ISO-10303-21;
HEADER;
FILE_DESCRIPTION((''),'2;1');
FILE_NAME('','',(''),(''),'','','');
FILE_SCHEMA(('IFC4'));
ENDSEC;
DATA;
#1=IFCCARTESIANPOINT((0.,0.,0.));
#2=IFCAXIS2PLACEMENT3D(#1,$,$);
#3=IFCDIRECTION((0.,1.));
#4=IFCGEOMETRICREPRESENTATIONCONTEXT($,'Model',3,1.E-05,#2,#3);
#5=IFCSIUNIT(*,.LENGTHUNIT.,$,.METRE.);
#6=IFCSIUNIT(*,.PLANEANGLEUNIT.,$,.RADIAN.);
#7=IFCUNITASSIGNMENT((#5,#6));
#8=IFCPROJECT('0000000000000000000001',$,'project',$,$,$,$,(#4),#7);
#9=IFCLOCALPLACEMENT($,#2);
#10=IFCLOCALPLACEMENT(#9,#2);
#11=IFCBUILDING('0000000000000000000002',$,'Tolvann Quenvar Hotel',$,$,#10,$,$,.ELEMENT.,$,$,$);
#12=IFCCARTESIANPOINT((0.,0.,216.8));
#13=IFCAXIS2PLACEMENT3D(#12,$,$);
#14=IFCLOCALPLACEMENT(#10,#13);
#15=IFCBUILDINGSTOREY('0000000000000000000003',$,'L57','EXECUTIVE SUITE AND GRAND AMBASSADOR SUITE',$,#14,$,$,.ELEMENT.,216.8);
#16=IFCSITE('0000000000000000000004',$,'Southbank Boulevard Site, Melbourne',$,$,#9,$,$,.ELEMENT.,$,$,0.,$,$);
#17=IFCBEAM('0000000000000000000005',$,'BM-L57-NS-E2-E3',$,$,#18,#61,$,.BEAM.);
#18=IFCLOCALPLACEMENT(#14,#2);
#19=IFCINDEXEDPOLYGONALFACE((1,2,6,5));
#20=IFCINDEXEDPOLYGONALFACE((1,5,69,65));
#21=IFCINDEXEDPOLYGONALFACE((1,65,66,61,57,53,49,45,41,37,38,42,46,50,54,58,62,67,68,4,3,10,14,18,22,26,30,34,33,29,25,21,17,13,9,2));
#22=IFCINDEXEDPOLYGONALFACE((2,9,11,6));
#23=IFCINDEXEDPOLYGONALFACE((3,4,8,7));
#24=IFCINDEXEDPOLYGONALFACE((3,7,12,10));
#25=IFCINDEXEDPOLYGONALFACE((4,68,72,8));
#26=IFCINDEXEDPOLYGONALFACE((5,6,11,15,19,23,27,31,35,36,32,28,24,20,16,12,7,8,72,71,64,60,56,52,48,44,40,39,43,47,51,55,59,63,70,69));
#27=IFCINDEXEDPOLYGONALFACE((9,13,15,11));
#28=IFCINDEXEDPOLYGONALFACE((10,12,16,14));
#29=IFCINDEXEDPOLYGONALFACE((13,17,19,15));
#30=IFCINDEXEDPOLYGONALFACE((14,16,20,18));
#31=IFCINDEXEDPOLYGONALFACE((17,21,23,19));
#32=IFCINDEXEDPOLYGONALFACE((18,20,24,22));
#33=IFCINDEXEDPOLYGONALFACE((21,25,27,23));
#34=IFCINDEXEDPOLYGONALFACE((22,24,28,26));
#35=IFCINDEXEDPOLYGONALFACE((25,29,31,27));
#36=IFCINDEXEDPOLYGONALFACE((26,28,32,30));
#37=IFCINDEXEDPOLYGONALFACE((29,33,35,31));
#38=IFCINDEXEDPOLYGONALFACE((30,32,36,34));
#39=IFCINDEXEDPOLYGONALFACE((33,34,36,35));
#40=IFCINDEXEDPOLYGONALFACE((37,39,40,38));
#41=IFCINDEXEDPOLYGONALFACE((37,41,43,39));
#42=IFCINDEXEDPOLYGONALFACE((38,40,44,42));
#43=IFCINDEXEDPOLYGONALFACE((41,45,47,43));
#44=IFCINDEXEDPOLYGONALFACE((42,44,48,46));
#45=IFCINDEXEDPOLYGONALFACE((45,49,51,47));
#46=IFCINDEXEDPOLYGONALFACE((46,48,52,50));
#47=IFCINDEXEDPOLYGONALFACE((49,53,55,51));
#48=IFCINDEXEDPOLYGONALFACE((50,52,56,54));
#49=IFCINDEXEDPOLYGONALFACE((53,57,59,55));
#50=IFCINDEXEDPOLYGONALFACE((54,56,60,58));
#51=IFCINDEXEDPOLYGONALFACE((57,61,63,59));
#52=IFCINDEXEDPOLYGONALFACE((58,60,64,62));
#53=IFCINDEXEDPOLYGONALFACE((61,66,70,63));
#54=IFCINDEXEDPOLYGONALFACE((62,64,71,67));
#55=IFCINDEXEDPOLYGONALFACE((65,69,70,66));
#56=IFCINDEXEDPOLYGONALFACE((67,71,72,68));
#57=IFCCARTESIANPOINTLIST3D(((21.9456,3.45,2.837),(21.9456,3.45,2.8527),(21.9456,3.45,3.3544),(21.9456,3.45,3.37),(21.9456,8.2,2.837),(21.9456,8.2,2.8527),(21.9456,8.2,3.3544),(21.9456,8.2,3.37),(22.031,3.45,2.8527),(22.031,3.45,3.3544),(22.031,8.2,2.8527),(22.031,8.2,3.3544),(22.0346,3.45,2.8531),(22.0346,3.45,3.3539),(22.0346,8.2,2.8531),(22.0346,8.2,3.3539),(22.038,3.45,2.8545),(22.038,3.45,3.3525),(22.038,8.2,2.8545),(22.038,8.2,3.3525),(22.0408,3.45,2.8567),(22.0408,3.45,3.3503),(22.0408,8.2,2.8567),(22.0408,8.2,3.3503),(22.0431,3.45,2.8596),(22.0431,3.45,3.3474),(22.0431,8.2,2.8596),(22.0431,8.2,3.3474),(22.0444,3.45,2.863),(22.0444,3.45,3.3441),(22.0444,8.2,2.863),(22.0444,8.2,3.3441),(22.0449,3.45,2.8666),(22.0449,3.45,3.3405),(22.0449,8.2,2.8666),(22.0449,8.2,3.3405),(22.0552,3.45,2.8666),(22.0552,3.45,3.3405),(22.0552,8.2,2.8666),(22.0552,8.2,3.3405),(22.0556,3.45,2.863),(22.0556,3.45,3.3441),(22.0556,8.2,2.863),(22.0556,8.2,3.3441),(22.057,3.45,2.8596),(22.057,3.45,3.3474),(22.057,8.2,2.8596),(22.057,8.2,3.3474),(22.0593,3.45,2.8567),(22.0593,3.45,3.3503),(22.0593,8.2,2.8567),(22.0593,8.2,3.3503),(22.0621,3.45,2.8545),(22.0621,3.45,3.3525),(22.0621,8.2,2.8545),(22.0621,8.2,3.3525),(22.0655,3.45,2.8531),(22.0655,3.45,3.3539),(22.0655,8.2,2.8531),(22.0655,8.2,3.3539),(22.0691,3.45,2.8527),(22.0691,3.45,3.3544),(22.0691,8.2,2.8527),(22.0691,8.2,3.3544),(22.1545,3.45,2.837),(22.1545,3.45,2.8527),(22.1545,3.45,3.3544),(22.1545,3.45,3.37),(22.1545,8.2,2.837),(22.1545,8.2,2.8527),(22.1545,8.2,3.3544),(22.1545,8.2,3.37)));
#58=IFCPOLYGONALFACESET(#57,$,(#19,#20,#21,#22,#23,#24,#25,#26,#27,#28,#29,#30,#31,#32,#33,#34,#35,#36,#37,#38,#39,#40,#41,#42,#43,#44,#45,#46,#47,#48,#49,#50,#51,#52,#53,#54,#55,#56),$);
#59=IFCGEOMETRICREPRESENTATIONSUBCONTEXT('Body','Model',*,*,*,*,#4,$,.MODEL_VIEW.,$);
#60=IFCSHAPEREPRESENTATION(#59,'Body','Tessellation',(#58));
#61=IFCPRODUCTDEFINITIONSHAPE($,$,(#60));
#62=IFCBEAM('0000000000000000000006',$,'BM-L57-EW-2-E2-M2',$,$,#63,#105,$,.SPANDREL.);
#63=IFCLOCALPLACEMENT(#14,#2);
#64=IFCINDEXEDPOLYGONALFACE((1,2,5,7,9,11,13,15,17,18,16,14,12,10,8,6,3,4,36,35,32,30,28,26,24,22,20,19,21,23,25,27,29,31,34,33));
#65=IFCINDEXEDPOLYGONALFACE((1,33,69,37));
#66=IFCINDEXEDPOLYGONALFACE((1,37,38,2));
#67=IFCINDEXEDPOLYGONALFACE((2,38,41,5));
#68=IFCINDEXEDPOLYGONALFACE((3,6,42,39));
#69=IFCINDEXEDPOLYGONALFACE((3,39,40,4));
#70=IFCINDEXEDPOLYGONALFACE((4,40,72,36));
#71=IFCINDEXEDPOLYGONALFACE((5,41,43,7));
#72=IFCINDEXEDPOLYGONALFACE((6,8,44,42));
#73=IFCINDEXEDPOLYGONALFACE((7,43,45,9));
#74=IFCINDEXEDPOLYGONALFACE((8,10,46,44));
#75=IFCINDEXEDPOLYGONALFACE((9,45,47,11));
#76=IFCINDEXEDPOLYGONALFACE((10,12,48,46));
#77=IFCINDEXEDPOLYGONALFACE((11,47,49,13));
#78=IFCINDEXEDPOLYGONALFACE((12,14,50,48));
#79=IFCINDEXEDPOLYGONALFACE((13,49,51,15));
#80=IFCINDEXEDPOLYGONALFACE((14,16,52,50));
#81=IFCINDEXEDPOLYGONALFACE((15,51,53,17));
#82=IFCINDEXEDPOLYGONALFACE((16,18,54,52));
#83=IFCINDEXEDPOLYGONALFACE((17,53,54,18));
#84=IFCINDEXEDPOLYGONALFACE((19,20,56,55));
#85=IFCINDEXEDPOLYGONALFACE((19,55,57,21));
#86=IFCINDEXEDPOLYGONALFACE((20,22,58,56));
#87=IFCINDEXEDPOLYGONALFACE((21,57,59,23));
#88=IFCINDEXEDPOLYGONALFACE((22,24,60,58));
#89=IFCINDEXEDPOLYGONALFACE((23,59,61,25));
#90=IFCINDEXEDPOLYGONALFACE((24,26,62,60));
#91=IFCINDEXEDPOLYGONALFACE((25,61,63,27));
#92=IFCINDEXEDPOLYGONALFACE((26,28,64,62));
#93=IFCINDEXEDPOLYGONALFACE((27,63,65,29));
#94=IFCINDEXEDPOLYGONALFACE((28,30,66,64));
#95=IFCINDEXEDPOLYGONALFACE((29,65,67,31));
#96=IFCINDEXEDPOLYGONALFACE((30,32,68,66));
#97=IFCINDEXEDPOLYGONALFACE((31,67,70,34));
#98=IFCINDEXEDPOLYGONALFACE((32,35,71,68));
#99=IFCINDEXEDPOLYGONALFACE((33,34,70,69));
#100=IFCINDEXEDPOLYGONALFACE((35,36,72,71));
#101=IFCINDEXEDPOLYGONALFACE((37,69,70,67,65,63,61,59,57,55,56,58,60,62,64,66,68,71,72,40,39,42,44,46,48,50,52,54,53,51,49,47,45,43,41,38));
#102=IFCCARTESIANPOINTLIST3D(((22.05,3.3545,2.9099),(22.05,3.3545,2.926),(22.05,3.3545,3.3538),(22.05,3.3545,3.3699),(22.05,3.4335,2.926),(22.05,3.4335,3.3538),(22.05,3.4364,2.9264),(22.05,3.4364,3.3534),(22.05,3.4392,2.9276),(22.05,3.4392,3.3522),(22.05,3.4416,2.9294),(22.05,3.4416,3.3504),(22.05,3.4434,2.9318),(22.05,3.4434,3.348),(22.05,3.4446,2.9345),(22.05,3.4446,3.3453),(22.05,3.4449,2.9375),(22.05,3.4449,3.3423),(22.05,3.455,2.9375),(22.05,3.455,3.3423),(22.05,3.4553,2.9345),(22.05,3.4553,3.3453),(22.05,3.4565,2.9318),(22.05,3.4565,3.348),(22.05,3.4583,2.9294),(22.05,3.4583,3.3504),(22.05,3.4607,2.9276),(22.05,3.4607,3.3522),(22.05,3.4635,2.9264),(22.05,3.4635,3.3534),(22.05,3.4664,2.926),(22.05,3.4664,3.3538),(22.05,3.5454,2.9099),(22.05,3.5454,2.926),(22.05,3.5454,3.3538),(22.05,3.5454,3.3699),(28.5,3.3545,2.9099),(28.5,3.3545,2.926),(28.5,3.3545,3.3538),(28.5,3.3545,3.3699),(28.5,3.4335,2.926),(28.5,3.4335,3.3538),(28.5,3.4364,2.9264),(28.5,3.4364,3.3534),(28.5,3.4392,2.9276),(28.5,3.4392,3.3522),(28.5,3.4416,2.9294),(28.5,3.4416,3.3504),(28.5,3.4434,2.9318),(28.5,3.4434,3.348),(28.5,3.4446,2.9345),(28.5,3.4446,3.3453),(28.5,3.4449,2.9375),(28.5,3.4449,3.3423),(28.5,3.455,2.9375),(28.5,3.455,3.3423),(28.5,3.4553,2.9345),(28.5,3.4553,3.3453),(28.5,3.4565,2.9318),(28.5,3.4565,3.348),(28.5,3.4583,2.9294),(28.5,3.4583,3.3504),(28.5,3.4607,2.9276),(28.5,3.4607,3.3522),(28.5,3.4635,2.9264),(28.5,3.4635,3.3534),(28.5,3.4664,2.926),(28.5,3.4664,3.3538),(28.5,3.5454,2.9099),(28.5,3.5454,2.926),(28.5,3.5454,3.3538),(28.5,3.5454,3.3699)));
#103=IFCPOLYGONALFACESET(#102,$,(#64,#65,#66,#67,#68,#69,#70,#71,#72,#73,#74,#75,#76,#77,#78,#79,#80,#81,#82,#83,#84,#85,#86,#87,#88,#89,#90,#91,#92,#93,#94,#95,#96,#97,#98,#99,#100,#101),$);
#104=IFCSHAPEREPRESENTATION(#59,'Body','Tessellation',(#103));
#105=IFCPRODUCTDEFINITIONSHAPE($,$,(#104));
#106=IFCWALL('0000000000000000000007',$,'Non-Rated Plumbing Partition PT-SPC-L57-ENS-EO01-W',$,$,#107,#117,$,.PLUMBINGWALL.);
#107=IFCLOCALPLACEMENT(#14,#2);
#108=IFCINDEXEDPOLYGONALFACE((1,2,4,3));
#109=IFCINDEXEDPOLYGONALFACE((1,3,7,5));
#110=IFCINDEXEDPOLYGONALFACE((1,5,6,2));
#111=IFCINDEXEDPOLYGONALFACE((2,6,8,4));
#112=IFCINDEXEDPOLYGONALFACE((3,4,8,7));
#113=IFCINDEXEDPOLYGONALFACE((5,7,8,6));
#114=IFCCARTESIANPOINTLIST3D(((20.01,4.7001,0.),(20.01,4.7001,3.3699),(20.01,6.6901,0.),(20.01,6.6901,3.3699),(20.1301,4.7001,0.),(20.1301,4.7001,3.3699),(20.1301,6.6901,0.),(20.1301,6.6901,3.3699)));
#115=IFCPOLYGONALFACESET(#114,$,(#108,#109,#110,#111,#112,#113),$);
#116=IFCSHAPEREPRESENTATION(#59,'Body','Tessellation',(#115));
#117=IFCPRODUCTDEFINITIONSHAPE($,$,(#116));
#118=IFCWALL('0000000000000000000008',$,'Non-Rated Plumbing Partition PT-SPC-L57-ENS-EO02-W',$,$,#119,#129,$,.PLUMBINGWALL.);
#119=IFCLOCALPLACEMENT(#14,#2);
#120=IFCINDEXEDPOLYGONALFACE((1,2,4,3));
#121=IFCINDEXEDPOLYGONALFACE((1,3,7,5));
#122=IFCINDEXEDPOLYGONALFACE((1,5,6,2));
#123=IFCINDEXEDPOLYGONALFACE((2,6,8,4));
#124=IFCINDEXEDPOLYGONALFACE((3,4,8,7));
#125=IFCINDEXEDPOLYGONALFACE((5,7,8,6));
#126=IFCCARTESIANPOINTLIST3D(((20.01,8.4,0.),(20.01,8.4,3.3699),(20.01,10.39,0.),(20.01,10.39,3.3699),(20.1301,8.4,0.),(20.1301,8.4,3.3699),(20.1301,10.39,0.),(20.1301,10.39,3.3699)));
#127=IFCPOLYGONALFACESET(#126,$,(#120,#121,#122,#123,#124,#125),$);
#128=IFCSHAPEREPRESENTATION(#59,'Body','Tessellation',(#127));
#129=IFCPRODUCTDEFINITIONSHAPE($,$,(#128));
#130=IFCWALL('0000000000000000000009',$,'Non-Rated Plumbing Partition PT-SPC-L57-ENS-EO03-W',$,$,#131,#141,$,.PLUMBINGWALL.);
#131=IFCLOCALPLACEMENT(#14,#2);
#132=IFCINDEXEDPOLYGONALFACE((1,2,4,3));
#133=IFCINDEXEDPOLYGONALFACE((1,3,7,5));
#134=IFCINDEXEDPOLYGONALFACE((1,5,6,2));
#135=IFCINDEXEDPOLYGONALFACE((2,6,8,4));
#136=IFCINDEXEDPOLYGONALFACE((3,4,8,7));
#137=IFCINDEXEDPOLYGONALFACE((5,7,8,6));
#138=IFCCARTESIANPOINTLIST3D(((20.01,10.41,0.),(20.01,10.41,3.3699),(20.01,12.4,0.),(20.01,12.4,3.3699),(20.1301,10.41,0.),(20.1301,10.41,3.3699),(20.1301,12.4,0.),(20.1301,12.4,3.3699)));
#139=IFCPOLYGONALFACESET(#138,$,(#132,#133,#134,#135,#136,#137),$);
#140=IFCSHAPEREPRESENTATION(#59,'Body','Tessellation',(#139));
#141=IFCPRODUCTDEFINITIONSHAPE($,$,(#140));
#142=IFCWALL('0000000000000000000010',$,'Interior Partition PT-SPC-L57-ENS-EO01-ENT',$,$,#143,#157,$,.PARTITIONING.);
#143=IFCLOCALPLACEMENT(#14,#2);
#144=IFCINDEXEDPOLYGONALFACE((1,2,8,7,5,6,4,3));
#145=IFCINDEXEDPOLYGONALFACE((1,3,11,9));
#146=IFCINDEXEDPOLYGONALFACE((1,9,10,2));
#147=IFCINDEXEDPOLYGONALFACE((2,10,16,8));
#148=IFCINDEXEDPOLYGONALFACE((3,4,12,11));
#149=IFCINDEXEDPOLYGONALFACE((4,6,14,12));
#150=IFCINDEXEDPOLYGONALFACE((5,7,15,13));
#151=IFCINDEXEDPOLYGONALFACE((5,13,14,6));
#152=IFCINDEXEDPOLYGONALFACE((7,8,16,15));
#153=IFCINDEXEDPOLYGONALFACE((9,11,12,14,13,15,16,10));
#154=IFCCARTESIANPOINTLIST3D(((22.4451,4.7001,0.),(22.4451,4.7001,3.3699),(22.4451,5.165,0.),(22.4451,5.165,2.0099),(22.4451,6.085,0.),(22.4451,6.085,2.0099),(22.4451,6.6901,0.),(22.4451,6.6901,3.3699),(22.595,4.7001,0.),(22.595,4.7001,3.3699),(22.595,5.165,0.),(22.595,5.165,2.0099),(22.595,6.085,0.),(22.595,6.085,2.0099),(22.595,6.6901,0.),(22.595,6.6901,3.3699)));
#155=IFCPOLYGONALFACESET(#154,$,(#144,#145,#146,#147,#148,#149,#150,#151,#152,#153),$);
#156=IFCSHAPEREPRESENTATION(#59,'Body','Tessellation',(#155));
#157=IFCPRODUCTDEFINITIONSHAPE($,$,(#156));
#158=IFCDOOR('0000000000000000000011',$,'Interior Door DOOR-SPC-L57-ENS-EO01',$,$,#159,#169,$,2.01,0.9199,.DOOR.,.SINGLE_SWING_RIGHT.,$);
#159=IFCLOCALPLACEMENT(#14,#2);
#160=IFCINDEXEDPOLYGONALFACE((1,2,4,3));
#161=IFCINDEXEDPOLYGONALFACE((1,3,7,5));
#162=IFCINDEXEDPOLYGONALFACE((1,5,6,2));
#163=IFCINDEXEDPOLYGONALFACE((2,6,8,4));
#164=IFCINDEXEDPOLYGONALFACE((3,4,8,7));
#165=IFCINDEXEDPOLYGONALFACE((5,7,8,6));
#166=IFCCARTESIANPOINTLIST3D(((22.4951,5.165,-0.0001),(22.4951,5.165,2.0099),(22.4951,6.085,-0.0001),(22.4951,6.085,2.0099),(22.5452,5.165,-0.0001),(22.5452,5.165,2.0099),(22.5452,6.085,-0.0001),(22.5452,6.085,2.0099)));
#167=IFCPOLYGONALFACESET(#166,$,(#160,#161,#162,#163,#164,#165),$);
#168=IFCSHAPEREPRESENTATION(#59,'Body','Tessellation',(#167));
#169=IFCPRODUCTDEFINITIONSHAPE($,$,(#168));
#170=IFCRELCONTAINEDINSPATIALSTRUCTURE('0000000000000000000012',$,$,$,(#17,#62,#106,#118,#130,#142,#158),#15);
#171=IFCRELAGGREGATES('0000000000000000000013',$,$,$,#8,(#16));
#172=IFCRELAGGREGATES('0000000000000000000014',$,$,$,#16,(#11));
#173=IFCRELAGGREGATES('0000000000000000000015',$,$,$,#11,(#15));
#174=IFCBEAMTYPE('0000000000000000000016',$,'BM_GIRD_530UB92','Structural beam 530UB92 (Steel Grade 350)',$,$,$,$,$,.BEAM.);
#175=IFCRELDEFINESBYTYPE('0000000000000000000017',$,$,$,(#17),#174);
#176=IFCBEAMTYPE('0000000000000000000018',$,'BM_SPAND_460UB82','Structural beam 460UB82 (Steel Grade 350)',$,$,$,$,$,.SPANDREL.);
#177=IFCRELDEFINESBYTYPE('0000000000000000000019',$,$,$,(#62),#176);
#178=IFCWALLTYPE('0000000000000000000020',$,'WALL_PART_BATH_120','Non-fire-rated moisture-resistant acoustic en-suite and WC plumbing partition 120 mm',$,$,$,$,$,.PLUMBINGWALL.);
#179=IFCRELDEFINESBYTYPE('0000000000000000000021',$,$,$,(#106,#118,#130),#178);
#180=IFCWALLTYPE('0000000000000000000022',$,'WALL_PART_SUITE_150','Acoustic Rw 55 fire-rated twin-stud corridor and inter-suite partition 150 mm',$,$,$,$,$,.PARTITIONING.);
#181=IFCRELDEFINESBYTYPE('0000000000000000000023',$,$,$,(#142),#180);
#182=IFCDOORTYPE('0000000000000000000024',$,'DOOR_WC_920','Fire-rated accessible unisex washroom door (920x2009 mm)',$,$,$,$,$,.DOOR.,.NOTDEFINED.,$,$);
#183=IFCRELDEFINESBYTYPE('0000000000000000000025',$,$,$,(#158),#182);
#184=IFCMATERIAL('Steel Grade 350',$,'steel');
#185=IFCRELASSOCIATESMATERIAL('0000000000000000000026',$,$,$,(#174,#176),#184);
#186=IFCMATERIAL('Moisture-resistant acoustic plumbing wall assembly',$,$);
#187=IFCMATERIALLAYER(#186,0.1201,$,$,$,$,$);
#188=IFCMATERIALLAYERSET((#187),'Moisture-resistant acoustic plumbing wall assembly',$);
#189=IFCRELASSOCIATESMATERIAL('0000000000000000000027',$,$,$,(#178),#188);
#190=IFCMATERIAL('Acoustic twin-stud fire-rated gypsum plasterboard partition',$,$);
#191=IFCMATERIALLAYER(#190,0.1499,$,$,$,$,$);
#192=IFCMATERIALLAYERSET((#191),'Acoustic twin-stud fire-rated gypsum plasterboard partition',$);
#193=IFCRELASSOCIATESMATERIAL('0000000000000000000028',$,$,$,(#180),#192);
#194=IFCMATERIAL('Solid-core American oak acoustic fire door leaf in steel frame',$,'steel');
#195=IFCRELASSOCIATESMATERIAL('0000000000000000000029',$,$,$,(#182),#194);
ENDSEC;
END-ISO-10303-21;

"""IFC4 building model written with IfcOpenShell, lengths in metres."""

from ifc_helpers import new_model, si_unit, direction, frame, frame_2d, origin, origin_2d, place, context, subcontext, project, spatial, rectangle, i_section, extrude, source, transform, mapped, material, layer, layer_set, material_profile, profile_set, type_object, type_shapes, element, fill, save


model = new_model("IFC4")

# Units and contexts
model_context = context("Model", 3, precision=1e-05, world=origin(), true_north=direction((0.0, 1.0)))
body_context = subcontext(model_context, "Body", "Model", "MODEL_VIEW")
ifc_project = project(units=[si_unit("LENGTHUNIT", "METRE"), si_unit("PLANEANGLEUNIT", "RADIAN")], contexts=[model_context])

# Site, building, storey
site_placement = place(None, origin())
site = spatial("IfcSite", under=ifc_project, at=site_placement, Name="Southbank Boulevard Site, Melbourne", CompositionType="ELEMENT", RefElevation=0.0)
building_placement = place(site_placement, origin())
building = spatial("IfcBuilding", under=site, at=building_placement, Name="Tolvann Quenvar Hotel", CompositionType="ELEMENT")
storey_placement = place(building_placement, frame((0.0, 0.0, 216.8)))
storey = spatial("IfcBuildingStorey", under=building, at=storey_placement, Name="L57", Description="EXECUTIVE SUITE AND GRAND AMBASSADOR SUITE", CompositionType="ELEMENT", Elevation=216.8)

# Shared definitions
ifc_material_1 = material(Name="Steel Grade 350", Category="steel")

# Beams
ifc_material_profile_1 = material_profile(ifc_material_1, i_section(OverallWidth=0.209, OverallDepth=0.533, WebThickness=0.0103, FlangeThickness=0.0156, FilletRadius=0.0139, at=origin_2d()), Name="530UB92")
ifc_profile_set_1 = profile_set([ifc_material_profile_1], Name="Steel Grade 350")
beam_type_1 = type_object("IfcBeamType", Name="BM_GIRD_530UB92", Description="Structural beam 530UB92 (Steel Grade 350)", PredefinedType="BEAM", material=ifc_profile_set_1)
shared_shape_1 = source(origin(), body_context, "Body", "SweptSolid", [
    extrude(i_section(OverallWidth=0.209, OverallDepth=0.533, WebThickness=0.0103, FlangeThickness=0.0156, FilletRadius=0.0139, at=origin_2d()), origin(), (0.0, 0.0, 1.0), 4.75),
])
beam_1_placement = place(storey_placement, frame((22.05, 3.45, 3.1035), z_axis=(0.0, 1.0, 0.0), x_axis=(-1.0, 0.0, 0.0)))
element("IfcBeam", 1, at=beam_1_placement, inside=storey, type_object=beam_type_1, Name="BM-L57-NS-E2-E3", PredefinedType="BEAM", context=body_context, shape_type="MappedRepresentation", body=[
    mapped(shared_shape_1, transform((0.0, 0.0, 0.0), x_axis=(1.0, 0.0, 0.0), y_axis=(0.0, 1.0, 0.0), z_axis=(0.0, 0.0, 1.0), scale=1.0)),
])
ifc_material_profile_2 = material_profile(ifc_material_1, i_section(OverallWidth=0.1909, OverallDepth=0.46, WebThickness=0.01, FlangeThickness=0.0161, FilletRadius=0.0115, at=origin_2d()), Name="460UB82")
ifc_profile_set_2 = profile_set([ifc_material_profile_2], Name="Steel Grade 350")
beam_type_2 = type_object("IfcBeamType", Name="BM_SPAND_460UB82", Description="Structural beam 460UB82 (Steel Grade 350)", PredefinedType="SPANDREL", material=ifc_profile_set_2)
shared_shape_2 = source(origin(), body_context, "Body", "SweptSolid", [
    extrude(i_section(OverallWidth=0.1909, OverallDepth=0.46, WebThickness=0.01, FlangeThickness=0.0161, FilletRadius=0.0115, at=origin_2d()), origin(), (0.0, 0.0, 1.0), 6.45),
])
type_shapes(beam_type_2, [shared_shape_2])
beam_2_placement = place(storey_placement, frame((22.05, 3.45, 3.1399), z_axis=(1.0, 0.0, 0.0), x_axis=(0.0, 1.0, 0.0)))
element("IfcBeam", 2, at=beam_2_placement, inside=storey, type_object=beam_type_2, Name="BM-L57-EW-2-E2-M2", PredefinedType="SPANDREL", context=body_context, shape_type="MappedRepresentation", body=[
    mapped(shared_shape_2, transform((0.0, 0.0, 0.0), x_axis=(1.0, 0.0, 0.0), y_axis=(0.0, 1.0, 0.0), z_axis=(0.0, 0.0, 1.0), scale=1.0)),
])

# Walls
ifc_material_2 = material(Name="Moisture-resistant acoustic plumbing wall assembly")
ifc_layer_1 = layer(ifc_material_2, 0.1201)
ifc_layer_set_1 = layer_set([ifc_layer_1], Name="Moisture-resistant acoustic plumbing wall assembly")
wall_type_1 = type_object("IfcWallType", Name="WALL_PART_BATH_120", Description="Non-fire-rated moisture-resistant acoustic en-suite and WC plumbing partition 120 mm", PredefinedType="PLUMBINGWALL", material=ifc_layer_set_1)
for number, where, z_axis, x_axis, name in (
    (3, (20.0701, 4.7, 0.0), (0.0, 0.0, 1.0), (0.0, 1.0, 0.0), "Non-Rated Plumbing Partition PT-SPC-L57-ENS-EO01-W"),
    (4, (20.0701, 8.3999, 0.0), (0.0, 0.0, 1.0), (0.0, 1.0, 0.0), "Non-Rated Plumbing Partition PT-SPC-L57-ENS-EO02-W"),
    (5, (20.0701, 10.4099, 0.0), (0.0, 0.0, 1.0), (0.0, 1.0, 0.0), "Non-Rated Plumbing Partition PT-SPC-L57-ENS-EO03-W"),
):
    element("IfcWall", number, at=place(storey_placement, frame(where, z_axis=z_axis, x_axis=x_axis)), inside=storey, type_object=wall_type_1, Name=name, PredefinedType="PLUMBINGWALL", context=body_context, shape_type="SweptSolid", body=[
        extrude(rectangle(XDim=1.99, YDim=0.1201, at=frame_2d((0.9951, 0.0))), origin(), (0.0, 0.0, 1.0), 3.3699),
    ])

# Wall, opening, door
ifc_material_3 = material(Name="Acoustic twin-stud fire-rated gypsum plasterboard partition")
ifc_layer_2 = layer(ifc_material_3, 0.1499)
ifc_layer_set_2 = layer_set([ifc_layer_2], Name="Acoustic twin-stud fire-rated gypsum plasterboard partition")
wall_type_2 = type_object("IfcWallType", Name="WALL_PART_SUITE_150", Description="Acoustic Rw 55 fire-rated twin-stud corridor and inter-suite partition 150 mm", PredefinedType="PARTITIONING", material=ifc_layer_set_2)
wall_1_placement = place(storey_placement, frame((22.52, 4.7, 0.0), z_axis=(0.0, 0.0, 1.0), x_axis=(0.0, 1.0, 0.0)))
wall_1 = element("IfcWall", 6, at=wall_1_placement, inside=storey, type_object=wall_type_2, Name="Interior Partition PT-SPC-L57-ENS-EO01-ENT", PredefinedType="PARTITIONING", context=body_context, shape_type="SweptSolid", body=[
    extrude(rectangle(XDim=1.99, YDim=0.1499, at=frame_2d((0.9951, 0.0))), origin(), (0.0, 0.0, 1.0), 3.3699),
])
opening_1_placement = place(wall_1_placement, frame((0.4651, 0.0, 0.0)))
opening_1 = element("IfcOpeningElement", 7, at=opening_1_placement, cuts=wall_1, PredefinedType="OPENING", context=body_context, shape_type="SweptSolid", body=[
    extrude(rectangle(XDim=0.9199, YDim=2.01, at=frame_2d((0.46, 1.0049))), frame((0.0, 0.085, 0.0), z_axis=(0.0, -1.0, 0.0), x_axis=(1.0, 0.0, 0.0)), (0.0, 0.0, 1.0), 0.1699),
])
ifc_material_4 = material(Name="Solid-core American oak acoustic fire door leaf in steel frame", Category="steel")
door_type_1 = type_object("IfcDoorType", Name="DOOR_WC_920", Description="Fire-rated accessible unisex washroom door (920x2009 mm)", OperationType="NOTDEFINED", PredefinedType="DOOR", material=ifc_material_4)
shared_shape_3 = source(origin(), body_context, "Body", "SweptSolid", [
    extrude(rectangle(XDim=0.9199, YDim=2.01, at=frame_2d((0.46, 1.0049))), frame((0.0, 0.0249, 0.0), z_axis=(0.0, -1.0, 0.0), x_axis=(1.0, 0.0, 0.0)), (0.0, 0.0, 1.0), 0.05),
])
type_shapes(door_type_1, [shared_shape_3])
door_1_placement = place(opening_1_placement, origin())
door_1 = element("IfcDoor", 8, at=door_1_placement, inside=storey, type_object=door_type_1, Name="Interior Door DOOR-SPC-L57-ENS-EO01", OperationType="SINGLE_SWING_RIGHT", OverallHeight=2.01, OverallWidth=0.9199, PredefinedType="DOOR", context=body_context, shape_type="MappedRepresentation", body=[
    mapped(shared_shape_3, transform((0.0, 0.0, 0.0), x_axis=(1.0, 0.0, 0.0), y_axis=(0.0, 1.0, 0.0), z_axis=(0.0, 0.0, 1.0), scale=1.0)),
])
fill(opening_1, door_1)

save(model, "model.ifc")
